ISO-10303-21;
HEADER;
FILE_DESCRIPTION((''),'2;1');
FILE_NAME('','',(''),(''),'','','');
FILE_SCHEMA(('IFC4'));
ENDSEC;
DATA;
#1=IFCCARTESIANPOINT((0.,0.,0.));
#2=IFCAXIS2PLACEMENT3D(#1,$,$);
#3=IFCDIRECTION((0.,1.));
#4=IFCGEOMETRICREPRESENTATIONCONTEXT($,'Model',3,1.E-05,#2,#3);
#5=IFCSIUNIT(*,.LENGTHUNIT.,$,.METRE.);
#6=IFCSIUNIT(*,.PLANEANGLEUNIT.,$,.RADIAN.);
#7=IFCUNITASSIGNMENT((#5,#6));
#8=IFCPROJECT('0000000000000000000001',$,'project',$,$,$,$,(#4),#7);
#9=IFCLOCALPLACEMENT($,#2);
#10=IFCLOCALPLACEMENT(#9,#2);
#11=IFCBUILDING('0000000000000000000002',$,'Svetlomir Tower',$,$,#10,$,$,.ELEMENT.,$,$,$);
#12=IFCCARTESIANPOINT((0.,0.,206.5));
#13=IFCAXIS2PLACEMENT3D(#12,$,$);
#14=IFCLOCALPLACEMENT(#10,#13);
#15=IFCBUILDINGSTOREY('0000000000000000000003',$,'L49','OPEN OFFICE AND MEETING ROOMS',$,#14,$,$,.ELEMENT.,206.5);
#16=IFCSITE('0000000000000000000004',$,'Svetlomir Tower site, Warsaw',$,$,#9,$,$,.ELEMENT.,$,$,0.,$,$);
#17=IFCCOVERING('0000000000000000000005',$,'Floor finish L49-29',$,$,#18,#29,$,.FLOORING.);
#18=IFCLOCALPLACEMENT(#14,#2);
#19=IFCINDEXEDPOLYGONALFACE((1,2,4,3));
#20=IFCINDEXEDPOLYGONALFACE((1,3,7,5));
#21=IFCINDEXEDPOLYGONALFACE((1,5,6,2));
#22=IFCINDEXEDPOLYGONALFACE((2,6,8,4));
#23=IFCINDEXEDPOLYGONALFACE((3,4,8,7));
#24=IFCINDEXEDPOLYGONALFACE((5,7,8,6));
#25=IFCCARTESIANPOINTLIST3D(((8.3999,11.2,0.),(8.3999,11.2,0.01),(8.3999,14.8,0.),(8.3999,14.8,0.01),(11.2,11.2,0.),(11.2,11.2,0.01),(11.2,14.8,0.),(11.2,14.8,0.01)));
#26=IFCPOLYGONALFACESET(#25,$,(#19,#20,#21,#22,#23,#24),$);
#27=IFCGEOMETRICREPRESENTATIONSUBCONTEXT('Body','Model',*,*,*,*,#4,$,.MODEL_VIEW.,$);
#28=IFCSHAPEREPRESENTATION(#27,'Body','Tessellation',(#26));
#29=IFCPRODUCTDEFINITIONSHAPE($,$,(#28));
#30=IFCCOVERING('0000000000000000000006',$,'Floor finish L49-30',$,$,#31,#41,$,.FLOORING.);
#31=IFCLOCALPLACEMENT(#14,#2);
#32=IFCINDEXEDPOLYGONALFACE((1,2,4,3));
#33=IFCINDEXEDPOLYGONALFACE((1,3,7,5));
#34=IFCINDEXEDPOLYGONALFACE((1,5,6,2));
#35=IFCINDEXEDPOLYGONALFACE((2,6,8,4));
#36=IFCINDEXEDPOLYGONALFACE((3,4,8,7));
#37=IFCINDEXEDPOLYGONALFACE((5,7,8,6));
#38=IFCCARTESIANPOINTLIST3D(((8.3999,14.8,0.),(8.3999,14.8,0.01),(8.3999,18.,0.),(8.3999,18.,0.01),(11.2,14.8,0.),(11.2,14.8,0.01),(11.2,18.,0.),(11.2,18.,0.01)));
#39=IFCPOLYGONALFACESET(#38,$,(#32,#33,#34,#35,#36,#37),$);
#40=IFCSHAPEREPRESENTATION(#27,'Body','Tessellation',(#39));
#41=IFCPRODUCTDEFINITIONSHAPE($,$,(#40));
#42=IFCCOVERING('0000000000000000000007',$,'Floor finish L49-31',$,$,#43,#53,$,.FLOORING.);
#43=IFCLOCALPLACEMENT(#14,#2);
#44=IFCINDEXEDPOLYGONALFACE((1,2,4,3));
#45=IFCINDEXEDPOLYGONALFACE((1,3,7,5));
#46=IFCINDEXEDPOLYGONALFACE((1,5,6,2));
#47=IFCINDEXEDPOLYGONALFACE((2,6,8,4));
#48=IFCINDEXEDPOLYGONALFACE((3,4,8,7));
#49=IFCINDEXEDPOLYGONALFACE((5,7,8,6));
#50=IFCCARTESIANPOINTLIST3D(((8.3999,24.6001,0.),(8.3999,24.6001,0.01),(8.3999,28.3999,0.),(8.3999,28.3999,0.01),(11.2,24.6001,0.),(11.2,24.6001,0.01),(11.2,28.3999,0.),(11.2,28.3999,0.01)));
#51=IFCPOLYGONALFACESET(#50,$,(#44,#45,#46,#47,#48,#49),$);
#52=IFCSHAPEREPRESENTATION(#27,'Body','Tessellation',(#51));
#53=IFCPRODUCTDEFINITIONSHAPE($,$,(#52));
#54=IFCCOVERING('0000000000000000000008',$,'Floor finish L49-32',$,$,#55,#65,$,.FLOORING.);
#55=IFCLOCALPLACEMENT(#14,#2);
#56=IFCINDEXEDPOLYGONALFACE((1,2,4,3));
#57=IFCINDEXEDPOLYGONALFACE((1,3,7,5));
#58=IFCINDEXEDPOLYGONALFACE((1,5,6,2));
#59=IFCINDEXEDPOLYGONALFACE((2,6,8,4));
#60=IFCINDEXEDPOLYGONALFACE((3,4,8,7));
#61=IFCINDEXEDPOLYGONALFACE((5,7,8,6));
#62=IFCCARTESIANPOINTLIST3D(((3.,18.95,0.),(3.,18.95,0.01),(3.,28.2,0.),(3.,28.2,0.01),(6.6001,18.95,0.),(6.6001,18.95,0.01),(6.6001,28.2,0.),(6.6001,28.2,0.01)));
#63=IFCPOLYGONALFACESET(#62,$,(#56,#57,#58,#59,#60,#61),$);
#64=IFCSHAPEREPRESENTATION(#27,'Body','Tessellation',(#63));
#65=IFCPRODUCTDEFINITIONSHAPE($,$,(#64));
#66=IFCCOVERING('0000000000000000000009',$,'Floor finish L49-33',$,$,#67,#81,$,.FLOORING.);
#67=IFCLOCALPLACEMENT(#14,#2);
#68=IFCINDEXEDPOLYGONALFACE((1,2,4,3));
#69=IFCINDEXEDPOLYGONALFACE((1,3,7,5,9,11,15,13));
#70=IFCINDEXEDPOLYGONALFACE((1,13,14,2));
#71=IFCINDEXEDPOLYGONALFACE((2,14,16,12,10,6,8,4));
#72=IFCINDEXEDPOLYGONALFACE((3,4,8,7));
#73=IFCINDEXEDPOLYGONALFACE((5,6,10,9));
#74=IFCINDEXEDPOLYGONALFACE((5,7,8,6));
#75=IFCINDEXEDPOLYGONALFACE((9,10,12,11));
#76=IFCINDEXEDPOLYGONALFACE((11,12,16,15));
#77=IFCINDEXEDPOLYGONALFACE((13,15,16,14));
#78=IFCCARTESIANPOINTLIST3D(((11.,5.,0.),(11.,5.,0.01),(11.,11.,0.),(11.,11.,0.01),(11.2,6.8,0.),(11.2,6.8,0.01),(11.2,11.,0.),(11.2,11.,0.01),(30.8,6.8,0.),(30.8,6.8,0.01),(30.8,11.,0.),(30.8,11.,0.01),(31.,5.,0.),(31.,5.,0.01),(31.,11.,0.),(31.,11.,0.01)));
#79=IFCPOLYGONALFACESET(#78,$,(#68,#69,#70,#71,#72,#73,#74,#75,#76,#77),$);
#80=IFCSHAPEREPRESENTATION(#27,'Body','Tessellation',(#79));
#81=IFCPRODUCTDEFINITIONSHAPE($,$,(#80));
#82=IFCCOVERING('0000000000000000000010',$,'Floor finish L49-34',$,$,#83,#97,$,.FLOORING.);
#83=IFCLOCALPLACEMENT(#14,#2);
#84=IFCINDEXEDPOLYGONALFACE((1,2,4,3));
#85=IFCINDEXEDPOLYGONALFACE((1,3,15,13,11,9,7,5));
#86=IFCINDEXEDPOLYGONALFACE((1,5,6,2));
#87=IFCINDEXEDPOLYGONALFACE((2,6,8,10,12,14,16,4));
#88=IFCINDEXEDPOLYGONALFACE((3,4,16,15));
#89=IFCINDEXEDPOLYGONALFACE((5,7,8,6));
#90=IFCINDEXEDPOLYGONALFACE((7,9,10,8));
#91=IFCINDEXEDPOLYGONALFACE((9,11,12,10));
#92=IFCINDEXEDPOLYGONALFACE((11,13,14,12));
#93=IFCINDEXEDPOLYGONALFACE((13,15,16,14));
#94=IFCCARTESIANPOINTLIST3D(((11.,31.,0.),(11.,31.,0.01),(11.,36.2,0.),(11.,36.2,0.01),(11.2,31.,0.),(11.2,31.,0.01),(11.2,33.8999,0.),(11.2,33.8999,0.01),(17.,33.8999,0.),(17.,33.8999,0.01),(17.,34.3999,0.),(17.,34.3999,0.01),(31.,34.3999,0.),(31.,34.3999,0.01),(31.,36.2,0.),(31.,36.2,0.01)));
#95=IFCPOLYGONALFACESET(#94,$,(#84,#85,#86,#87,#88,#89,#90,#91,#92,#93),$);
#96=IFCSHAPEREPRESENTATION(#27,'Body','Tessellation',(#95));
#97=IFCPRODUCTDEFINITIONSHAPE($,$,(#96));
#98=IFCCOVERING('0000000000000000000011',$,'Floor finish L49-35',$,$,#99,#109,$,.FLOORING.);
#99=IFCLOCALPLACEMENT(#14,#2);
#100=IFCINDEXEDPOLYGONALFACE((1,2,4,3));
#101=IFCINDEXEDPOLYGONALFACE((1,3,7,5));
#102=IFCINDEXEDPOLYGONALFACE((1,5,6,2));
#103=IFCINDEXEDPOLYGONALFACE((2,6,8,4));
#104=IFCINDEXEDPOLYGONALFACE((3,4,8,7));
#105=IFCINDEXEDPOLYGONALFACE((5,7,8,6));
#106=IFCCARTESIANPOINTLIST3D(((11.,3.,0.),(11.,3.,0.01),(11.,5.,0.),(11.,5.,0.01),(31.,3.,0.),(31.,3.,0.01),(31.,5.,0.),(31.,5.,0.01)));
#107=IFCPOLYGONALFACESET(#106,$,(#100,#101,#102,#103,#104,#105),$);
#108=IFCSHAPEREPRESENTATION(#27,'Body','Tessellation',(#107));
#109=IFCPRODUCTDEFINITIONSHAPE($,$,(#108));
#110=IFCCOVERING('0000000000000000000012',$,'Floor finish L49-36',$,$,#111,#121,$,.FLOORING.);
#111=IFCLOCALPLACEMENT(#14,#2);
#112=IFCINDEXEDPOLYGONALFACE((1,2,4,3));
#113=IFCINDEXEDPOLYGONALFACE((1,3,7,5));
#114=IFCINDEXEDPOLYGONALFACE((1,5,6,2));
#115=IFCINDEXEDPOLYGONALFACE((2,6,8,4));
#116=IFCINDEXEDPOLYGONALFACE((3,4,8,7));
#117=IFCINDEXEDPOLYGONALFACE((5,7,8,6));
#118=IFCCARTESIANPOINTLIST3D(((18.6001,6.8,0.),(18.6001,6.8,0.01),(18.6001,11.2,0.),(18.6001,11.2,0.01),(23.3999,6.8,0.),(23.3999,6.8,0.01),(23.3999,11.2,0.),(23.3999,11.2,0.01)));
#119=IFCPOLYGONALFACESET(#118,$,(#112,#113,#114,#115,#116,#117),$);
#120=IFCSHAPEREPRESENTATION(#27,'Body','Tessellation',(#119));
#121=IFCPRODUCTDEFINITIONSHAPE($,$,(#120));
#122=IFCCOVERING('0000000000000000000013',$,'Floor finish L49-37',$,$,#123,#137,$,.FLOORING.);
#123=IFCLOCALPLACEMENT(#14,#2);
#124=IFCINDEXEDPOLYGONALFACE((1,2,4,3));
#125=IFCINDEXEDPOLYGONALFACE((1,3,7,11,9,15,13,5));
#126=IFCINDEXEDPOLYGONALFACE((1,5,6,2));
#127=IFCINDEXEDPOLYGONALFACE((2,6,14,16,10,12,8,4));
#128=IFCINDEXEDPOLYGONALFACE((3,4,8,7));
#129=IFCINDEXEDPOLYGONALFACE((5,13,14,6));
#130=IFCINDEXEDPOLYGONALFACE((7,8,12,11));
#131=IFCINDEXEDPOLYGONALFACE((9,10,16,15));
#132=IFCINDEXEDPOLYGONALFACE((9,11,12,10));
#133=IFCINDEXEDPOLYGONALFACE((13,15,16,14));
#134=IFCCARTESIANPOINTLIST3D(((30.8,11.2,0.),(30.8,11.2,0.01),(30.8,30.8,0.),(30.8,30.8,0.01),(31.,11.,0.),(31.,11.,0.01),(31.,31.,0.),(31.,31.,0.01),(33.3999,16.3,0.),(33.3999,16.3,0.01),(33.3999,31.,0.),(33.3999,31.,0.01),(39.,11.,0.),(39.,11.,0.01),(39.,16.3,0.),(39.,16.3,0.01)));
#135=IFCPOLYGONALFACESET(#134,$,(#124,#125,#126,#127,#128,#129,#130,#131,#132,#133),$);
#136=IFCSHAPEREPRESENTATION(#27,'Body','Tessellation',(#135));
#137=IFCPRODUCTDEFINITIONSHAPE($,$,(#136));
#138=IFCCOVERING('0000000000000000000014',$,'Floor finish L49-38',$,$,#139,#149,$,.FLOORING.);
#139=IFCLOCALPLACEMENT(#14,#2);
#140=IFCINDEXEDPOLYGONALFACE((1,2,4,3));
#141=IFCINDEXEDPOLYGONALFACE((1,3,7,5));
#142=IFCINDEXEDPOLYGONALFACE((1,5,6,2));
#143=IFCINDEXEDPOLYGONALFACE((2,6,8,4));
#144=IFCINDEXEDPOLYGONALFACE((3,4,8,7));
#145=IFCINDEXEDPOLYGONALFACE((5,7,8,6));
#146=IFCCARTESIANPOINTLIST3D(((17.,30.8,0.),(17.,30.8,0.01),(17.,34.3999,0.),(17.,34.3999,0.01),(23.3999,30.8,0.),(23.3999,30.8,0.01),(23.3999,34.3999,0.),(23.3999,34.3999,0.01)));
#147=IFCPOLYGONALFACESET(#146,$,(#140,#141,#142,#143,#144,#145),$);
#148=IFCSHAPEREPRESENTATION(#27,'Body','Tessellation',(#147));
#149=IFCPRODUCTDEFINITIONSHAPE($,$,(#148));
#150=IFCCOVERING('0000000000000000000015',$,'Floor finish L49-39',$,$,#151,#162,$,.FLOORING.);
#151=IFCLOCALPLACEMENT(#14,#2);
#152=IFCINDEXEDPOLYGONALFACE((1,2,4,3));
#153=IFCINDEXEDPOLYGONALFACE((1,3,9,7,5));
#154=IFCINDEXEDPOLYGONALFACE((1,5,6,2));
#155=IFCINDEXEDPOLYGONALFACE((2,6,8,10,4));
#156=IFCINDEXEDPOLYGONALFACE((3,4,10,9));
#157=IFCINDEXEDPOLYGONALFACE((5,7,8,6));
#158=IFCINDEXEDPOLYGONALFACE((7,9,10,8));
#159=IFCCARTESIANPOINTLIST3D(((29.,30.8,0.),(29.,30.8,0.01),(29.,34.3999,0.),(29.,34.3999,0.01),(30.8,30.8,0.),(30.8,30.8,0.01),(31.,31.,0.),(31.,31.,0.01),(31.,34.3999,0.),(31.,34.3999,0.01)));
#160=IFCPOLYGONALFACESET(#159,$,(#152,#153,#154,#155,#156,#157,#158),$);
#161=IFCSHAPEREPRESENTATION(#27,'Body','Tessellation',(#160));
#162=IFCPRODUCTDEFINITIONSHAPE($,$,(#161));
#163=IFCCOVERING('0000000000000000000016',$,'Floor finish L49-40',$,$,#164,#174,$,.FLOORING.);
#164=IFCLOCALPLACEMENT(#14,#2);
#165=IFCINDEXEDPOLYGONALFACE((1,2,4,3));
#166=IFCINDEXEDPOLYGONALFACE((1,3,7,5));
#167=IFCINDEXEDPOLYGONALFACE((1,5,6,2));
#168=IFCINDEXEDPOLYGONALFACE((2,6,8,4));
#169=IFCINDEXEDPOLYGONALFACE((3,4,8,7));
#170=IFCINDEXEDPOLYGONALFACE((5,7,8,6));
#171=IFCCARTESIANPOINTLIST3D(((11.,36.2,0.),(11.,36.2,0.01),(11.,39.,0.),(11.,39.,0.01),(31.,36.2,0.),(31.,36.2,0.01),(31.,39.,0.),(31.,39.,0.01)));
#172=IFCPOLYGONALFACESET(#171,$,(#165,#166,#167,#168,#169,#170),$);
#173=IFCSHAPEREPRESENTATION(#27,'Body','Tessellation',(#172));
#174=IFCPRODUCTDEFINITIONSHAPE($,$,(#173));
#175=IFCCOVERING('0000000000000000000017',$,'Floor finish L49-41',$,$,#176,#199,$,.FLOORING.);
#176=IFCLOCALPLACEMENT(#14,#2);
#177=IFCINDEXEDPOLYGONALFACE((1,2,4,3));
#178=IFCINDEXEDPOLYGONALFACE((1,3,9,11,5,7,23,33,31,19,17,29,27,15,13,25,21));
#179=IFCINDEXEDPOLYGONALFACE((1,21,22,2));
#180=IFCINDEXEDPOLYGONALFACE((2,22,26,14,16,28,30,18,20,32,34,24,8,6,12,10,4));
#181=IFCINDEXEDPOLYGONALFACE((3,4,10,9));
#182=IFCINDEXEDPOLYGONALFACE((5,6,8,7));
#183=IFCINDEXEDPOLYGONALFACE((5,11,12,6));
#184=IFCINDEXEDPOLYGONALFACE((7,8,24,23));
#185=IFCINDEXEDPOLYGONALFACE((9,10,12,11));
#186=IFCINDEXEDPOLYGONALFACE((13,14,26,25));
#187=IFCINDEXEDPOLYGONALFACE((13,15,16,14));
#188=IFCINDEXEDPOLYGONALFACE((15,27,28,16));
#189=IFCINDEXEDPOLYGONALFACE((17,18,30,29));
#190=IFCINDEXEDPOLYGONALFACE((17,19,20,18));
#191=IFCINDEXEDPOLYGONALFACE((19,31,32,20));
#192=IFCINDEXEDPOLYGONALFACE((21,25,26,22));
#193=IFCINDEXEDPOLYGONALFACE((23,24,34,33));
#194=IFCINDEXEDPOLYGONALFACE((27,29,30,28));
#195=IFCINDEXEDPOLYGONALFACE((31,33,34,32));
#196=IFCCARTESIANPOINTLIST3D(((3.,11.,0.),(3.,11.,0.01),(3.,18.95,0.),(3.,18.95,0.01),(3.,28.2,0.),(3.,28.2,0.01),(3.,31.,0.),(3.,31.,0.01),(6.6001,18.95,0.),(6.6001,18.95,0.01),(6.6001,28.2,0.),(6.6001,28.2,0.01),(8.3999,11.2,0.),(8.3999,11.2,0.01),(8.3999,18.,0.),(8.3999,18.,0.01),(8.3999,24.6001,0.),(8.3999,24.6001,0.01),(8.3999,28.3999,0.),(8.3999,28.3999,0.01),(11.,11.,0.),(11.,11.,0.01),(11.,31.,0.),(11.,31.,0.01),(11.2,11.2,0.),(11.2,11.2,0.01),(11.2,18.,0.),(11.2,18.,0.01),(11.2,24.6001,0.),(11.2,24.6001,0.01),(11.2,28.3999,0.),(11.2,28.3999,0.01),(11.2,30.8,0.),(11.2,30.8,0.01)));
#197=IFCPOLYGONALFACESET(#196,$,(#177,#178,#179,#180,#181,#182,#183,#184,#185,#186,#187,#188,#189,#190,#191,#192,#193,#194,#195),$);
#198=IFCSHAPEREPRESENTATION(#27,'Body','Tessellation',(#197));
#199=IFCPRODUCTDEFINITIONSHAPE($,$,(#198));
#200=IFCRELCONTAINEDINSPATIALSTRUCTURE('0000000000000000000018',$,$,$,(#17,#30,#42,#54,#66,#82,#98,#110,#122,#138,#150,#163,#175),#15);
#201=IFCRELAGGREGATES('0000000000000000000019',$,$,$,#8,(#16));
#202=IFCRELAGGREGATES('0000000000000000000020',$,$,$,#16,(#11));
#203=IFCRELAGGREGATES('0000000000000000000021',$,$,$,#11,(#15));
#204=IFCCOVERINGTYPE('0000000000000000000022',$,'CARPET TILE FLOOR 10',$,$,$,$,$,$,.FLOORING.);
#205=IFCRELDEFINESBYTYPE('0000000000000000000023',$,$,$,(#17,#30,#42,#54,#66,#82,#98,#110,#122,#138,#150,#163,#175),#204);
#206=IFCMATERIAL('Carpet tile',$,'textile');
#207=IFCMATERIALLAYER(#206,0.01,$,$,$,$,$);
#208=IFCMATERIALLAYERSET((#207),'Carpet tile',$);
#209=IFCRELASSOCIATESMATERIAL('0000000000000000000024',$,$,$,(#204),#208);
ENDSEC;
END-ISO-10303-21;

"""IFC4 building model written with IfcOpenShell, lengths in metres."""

from ifc_helpers import new_model, si_unit, direction, frame, origin, place, context, subcontext, project, spatial, polyline, outline, extrude, material, layer, layer_set, type_object, element, save


model = new_model("IFC4")

# Units and contexts
model_context = context("Model", 3, precision=1e-05, world=origin(), true_north=direction((0.0, 1.0)))
body_context = subcontext(model_context, "Body", "Model", "MODEL_VIEW")
ifc_project = project(units=[si_unit("LENGTHUNIT", "METRE"), si_unit("PLANEANGLEUNIT", "RADIAN")], contexts=[model_context])

# Site, building, storey
site_placement = place(None, origin())
site = spatial("IfcSite", under=ifc_project, at=site_placement, Name="Svetlomir Tower site, Warsaw", CompositionType="ELEMENT", RefElevation=0.0)
building_placement = place(site_placement, origin())
building = spatial("IfcBuilding", under=site, at=building_placement, Name="Svetlomir Tower", CompositionType="ELEMENT")
storey_placement = place(building_placement, frame((0.0, 0.0, 206.5)))
storey = spatial("IfcBuildingStorey", under=building, at=storey_placement, Name="L49", Description="OPEN OFFICE AND MEETING ROOMS", CompositionType="ELEMENT", Elevation=206.5)

# Coverings
ifc_material_1 = material(Name="Carpet tile", Category="textile")
ifc_layer_1 = layer(ifc_material_1, 0.01)
ifc_layer_set_1 = layer_set([ifc_layer_1], Name="Carpet tile")
covering_type_1 = type_object("IfcCoveringType", Name="CARPET TILE FLOOR 10", PredefinedType="FLOORING", material=ifc_layer_set_1)
covering_1_placement = place(storey_placement, origin())
element("IfcCovering", 1, at=covering_1_placement, inside=storey, type_object=covering_type_1, Name="Floor finish L49-29", PredefinedType="FLOORING", context=body_context, shape_type="SweptSolid", body=[
    extrude(outline(polyline([(8.3999, 11.2), (11.2, 11.2), (11.2, 14.8), (8.3999, 14.8), (8.3999, 11.2)])), origin(), (0.0, 0.0, 1.0), 0.01),
])
covering_2_placement = place(storey_placement, origin())
element("IfcCovering", 2, at=covering_2_placement, inside=storey, type_object=covering_type_1, Name="Floor finish L49-30", PredefinedType="FLOORING", context=body_context, shape_type="SweptSolid", body=[
    extrude(outline(polyline([(8.3999, 14.8), (11.2, 14.8), (11.2, 18.0), (8.3999, 18.0), (8.3999, 14.8)])), origin(), (0.0, 0.0, 1.0), 0.01),
])
covering_3_placement = place(storey_placement, origin())
element("IfcCovering", 3, at=covering_3_placement, inside=storey, type_object=covering_type_1, Name="Floor finish L49-31", PredefinedType="FLOORING", context=body_context, shape_type="SweptSolid", body=[
    extrude(outline(polyline([(8.3999, 24.6001), (11.2, 24.6001), (11.2, 28.3999), (8.3999, 28.3999), (8.3999, 24.6001)])), origin(), (0.0, 0.0, 1.0), 0.01),
])
covering_4_placement = place(storey_placement, origin())
element("IfcCovering", 4, at=covering_4_placement, inside=storey, type_object=covering_type_1, Name="Floor finish L49-32", PredefinedType="FLOORING", context=body_context, shape_type="SweptSolid", body=[
    extrude(outline(polyline([(3.0, 18.95), (6.6001, 18.95), (6.6001, 28.2), (3.0, 28.2), (3.0, 18.95)])), origin(), (0.0, 0.0, 1.0), 0.01),
])
covering_5_placement = place(storey_placement, origin())
element("IfcCovering", 5, at=covering_5_placement, inside=storey, type_object=covering_type_1, Name="Floor finish L49-33", PredefinedType="FLOORING", context=body_context, shape_type="SweptSolid", body=[
    extrude(outline(polyline([(11.0, 11.0), (11.2, 11.0), (11.2, 6.8), (30.8, 6.8), (30.8, 11.0), (31.0, 11.0), (31.0, 5.0), (11.0, 5.0), (11.0, 11.0)])), origin(), (0.0, 0.0, 1.0), 0.01),
])
covering_6_placement = place(storey_placement, origin())
element("IfcCovering", 6, at=covering_6_placement, inside=storey, type_object=covering_type_1, Name="Floor finish L49-34", PredefinedType="FLOORING", context=body_context, shape_type="SweptSolid", body=[
    extrude(outline(polyline([(11.2, 31.0), (11.0, 31.0), (11.0, 36.2), (31.0, 36.2), (31.0, 34.3999), (17.0, 34.3999), (17.0, 33.8999), (11.2, 33.8999), (11.2, 31.0)])), origin(), (0.0, 0.0, 1.0), 0.01),
])
covering_7_placement = place(storey_placement, origin())
element("IfcCovering", 7, at=covering_7_placement, inside=storey, type_object=covering_type_1, Name="Floor finish L49-35", PredefinedType="FLOORING", context=body_context, shape_type="SweptSolid", body=[
    extrude(outline(polyline([(11.0, 3.0), (11.0, 5.0), (31.0, 5.0), (31.0, 3.0), (11.0, 3.0)])), origin(), (0.0, 0.0, 1.0), 0.01),
])
covering_8_placement = place(storey_placement, origin())
element("IfcCovering", 8, at=covering_8_placement, inside=storey, type_object=covering_type_1, Name="Floor finish L49-36", PredefinedType="FLOORING", context=body_context, shape_type="SweptSolid", body=[
    extrude(outline(polyline([(23.3999, 6.8), (18.6001, 6.8), (18.6001, 11.2), (23.3999, 11.2), (23.3999, 6.8)])), origin(), (0.0, 0.0, 1.0), 0.01),
])
covering_9_placement = place(storey_placement, origin())
element("IfcCovering", 9, at=covering_9_placement, inside=storey, type_object=covering_type_1, Name="Floor finish L49-37", PredefinedType="FLOORING", context=body_context, shape_type="SweptSolid", body=[
    extrude(outline(polyline([(30.8, 30.8), (31.0, 31.0), (33.3999, 31.0), (33.3999, 16.3), (39.0, 16.3), (39.0, 11.0), (31.0, 11.0), (30.8, 11.2), (30.8, 30.8)])), origin(), (0.0, 0.0, 1.0), 0.01),
])
covering_10_placement = place(storey_placement, origin())
element("IfcCovering", 10, at=covering_10_placement, inside=storey, type_object=covering_type_1, Name="Floor finish L49-38", PredefinedType="FLOORING", context=body_context, shape_type="SweptSolid", body=[
    extrude(outline(polyline([(17.0, 30.8), (17.0, 34.3999), (23.3999, 34.3999), (23.3999, 30.8), (17.0, 30.8)])), origin(), (0.0, 0.0, 1.0), 0.01),
])
covering_11_placement = place(storey_placement, origin())
element("IfcCovering", 11, at=covering_11_placement, inside=storey, type_object=covering_type_1, Name="Floor finish L49-39", PredefinedType="FLOORING", context=body_context, shape_type="SweptSolid", body=[
    extrude(outline(polyline([(29.0, 30.8), (29.0, 34.3999), (31.0, 34.3999), (31.0, 31.0), (30.8, 30.8), (29.0, 30.8)])), origin(), (0.0, 0.0, 1.0), 0.01),
])
covering_12_placement = place(storey_placement, origin())
element("IfcCovering", 12, at=covering_12_placement, inside=storey, type_object=covering_type_1, Name="Floor finish L49-40", PredefinedType="FLOORING", context=body_context, shape_type="SweptSolid", body=[
    extrude(outline(polyline([(31.0, 39.0), (31.0, 36.2), (11.0, 36.2), (11.0, 39.0), (31.0, 39.0)])), origin(), (0.0, 0.0, 1.0), 0.01),
])
covering_13_placement = place(storey_placement, origin())
element("IfcCovering", 13, at=covering_13_placement, inside=storey, type_object=covering_type_1, Name="Floor finish L49-41", PredefinedType="FLOORING", context=body_context, shape_type="SweptSolid", body=[
    extrude(outline(polyline([(11.2, 28.3999), (8.3999, 28.3999), (8.3999, 24.6001), (11.2, 24.6001), (11.2, 18.0), (8.3999, 18.0), (8.3999, 11.2), (11.2, 11.2), (11.0, 11.0), (3.0, 11.0), (3.0, 18.95), (6.6001, 18.95), (6.6001, 28.2), (3.0, 28.2), (3.0, 31.0), (11.0, 31.0), (11.2, 30.8), (11.2, 28.3999)])), origin(), (0.0, 0.0, 1.0), 0.01),
])

save(model, "model.ifc")
